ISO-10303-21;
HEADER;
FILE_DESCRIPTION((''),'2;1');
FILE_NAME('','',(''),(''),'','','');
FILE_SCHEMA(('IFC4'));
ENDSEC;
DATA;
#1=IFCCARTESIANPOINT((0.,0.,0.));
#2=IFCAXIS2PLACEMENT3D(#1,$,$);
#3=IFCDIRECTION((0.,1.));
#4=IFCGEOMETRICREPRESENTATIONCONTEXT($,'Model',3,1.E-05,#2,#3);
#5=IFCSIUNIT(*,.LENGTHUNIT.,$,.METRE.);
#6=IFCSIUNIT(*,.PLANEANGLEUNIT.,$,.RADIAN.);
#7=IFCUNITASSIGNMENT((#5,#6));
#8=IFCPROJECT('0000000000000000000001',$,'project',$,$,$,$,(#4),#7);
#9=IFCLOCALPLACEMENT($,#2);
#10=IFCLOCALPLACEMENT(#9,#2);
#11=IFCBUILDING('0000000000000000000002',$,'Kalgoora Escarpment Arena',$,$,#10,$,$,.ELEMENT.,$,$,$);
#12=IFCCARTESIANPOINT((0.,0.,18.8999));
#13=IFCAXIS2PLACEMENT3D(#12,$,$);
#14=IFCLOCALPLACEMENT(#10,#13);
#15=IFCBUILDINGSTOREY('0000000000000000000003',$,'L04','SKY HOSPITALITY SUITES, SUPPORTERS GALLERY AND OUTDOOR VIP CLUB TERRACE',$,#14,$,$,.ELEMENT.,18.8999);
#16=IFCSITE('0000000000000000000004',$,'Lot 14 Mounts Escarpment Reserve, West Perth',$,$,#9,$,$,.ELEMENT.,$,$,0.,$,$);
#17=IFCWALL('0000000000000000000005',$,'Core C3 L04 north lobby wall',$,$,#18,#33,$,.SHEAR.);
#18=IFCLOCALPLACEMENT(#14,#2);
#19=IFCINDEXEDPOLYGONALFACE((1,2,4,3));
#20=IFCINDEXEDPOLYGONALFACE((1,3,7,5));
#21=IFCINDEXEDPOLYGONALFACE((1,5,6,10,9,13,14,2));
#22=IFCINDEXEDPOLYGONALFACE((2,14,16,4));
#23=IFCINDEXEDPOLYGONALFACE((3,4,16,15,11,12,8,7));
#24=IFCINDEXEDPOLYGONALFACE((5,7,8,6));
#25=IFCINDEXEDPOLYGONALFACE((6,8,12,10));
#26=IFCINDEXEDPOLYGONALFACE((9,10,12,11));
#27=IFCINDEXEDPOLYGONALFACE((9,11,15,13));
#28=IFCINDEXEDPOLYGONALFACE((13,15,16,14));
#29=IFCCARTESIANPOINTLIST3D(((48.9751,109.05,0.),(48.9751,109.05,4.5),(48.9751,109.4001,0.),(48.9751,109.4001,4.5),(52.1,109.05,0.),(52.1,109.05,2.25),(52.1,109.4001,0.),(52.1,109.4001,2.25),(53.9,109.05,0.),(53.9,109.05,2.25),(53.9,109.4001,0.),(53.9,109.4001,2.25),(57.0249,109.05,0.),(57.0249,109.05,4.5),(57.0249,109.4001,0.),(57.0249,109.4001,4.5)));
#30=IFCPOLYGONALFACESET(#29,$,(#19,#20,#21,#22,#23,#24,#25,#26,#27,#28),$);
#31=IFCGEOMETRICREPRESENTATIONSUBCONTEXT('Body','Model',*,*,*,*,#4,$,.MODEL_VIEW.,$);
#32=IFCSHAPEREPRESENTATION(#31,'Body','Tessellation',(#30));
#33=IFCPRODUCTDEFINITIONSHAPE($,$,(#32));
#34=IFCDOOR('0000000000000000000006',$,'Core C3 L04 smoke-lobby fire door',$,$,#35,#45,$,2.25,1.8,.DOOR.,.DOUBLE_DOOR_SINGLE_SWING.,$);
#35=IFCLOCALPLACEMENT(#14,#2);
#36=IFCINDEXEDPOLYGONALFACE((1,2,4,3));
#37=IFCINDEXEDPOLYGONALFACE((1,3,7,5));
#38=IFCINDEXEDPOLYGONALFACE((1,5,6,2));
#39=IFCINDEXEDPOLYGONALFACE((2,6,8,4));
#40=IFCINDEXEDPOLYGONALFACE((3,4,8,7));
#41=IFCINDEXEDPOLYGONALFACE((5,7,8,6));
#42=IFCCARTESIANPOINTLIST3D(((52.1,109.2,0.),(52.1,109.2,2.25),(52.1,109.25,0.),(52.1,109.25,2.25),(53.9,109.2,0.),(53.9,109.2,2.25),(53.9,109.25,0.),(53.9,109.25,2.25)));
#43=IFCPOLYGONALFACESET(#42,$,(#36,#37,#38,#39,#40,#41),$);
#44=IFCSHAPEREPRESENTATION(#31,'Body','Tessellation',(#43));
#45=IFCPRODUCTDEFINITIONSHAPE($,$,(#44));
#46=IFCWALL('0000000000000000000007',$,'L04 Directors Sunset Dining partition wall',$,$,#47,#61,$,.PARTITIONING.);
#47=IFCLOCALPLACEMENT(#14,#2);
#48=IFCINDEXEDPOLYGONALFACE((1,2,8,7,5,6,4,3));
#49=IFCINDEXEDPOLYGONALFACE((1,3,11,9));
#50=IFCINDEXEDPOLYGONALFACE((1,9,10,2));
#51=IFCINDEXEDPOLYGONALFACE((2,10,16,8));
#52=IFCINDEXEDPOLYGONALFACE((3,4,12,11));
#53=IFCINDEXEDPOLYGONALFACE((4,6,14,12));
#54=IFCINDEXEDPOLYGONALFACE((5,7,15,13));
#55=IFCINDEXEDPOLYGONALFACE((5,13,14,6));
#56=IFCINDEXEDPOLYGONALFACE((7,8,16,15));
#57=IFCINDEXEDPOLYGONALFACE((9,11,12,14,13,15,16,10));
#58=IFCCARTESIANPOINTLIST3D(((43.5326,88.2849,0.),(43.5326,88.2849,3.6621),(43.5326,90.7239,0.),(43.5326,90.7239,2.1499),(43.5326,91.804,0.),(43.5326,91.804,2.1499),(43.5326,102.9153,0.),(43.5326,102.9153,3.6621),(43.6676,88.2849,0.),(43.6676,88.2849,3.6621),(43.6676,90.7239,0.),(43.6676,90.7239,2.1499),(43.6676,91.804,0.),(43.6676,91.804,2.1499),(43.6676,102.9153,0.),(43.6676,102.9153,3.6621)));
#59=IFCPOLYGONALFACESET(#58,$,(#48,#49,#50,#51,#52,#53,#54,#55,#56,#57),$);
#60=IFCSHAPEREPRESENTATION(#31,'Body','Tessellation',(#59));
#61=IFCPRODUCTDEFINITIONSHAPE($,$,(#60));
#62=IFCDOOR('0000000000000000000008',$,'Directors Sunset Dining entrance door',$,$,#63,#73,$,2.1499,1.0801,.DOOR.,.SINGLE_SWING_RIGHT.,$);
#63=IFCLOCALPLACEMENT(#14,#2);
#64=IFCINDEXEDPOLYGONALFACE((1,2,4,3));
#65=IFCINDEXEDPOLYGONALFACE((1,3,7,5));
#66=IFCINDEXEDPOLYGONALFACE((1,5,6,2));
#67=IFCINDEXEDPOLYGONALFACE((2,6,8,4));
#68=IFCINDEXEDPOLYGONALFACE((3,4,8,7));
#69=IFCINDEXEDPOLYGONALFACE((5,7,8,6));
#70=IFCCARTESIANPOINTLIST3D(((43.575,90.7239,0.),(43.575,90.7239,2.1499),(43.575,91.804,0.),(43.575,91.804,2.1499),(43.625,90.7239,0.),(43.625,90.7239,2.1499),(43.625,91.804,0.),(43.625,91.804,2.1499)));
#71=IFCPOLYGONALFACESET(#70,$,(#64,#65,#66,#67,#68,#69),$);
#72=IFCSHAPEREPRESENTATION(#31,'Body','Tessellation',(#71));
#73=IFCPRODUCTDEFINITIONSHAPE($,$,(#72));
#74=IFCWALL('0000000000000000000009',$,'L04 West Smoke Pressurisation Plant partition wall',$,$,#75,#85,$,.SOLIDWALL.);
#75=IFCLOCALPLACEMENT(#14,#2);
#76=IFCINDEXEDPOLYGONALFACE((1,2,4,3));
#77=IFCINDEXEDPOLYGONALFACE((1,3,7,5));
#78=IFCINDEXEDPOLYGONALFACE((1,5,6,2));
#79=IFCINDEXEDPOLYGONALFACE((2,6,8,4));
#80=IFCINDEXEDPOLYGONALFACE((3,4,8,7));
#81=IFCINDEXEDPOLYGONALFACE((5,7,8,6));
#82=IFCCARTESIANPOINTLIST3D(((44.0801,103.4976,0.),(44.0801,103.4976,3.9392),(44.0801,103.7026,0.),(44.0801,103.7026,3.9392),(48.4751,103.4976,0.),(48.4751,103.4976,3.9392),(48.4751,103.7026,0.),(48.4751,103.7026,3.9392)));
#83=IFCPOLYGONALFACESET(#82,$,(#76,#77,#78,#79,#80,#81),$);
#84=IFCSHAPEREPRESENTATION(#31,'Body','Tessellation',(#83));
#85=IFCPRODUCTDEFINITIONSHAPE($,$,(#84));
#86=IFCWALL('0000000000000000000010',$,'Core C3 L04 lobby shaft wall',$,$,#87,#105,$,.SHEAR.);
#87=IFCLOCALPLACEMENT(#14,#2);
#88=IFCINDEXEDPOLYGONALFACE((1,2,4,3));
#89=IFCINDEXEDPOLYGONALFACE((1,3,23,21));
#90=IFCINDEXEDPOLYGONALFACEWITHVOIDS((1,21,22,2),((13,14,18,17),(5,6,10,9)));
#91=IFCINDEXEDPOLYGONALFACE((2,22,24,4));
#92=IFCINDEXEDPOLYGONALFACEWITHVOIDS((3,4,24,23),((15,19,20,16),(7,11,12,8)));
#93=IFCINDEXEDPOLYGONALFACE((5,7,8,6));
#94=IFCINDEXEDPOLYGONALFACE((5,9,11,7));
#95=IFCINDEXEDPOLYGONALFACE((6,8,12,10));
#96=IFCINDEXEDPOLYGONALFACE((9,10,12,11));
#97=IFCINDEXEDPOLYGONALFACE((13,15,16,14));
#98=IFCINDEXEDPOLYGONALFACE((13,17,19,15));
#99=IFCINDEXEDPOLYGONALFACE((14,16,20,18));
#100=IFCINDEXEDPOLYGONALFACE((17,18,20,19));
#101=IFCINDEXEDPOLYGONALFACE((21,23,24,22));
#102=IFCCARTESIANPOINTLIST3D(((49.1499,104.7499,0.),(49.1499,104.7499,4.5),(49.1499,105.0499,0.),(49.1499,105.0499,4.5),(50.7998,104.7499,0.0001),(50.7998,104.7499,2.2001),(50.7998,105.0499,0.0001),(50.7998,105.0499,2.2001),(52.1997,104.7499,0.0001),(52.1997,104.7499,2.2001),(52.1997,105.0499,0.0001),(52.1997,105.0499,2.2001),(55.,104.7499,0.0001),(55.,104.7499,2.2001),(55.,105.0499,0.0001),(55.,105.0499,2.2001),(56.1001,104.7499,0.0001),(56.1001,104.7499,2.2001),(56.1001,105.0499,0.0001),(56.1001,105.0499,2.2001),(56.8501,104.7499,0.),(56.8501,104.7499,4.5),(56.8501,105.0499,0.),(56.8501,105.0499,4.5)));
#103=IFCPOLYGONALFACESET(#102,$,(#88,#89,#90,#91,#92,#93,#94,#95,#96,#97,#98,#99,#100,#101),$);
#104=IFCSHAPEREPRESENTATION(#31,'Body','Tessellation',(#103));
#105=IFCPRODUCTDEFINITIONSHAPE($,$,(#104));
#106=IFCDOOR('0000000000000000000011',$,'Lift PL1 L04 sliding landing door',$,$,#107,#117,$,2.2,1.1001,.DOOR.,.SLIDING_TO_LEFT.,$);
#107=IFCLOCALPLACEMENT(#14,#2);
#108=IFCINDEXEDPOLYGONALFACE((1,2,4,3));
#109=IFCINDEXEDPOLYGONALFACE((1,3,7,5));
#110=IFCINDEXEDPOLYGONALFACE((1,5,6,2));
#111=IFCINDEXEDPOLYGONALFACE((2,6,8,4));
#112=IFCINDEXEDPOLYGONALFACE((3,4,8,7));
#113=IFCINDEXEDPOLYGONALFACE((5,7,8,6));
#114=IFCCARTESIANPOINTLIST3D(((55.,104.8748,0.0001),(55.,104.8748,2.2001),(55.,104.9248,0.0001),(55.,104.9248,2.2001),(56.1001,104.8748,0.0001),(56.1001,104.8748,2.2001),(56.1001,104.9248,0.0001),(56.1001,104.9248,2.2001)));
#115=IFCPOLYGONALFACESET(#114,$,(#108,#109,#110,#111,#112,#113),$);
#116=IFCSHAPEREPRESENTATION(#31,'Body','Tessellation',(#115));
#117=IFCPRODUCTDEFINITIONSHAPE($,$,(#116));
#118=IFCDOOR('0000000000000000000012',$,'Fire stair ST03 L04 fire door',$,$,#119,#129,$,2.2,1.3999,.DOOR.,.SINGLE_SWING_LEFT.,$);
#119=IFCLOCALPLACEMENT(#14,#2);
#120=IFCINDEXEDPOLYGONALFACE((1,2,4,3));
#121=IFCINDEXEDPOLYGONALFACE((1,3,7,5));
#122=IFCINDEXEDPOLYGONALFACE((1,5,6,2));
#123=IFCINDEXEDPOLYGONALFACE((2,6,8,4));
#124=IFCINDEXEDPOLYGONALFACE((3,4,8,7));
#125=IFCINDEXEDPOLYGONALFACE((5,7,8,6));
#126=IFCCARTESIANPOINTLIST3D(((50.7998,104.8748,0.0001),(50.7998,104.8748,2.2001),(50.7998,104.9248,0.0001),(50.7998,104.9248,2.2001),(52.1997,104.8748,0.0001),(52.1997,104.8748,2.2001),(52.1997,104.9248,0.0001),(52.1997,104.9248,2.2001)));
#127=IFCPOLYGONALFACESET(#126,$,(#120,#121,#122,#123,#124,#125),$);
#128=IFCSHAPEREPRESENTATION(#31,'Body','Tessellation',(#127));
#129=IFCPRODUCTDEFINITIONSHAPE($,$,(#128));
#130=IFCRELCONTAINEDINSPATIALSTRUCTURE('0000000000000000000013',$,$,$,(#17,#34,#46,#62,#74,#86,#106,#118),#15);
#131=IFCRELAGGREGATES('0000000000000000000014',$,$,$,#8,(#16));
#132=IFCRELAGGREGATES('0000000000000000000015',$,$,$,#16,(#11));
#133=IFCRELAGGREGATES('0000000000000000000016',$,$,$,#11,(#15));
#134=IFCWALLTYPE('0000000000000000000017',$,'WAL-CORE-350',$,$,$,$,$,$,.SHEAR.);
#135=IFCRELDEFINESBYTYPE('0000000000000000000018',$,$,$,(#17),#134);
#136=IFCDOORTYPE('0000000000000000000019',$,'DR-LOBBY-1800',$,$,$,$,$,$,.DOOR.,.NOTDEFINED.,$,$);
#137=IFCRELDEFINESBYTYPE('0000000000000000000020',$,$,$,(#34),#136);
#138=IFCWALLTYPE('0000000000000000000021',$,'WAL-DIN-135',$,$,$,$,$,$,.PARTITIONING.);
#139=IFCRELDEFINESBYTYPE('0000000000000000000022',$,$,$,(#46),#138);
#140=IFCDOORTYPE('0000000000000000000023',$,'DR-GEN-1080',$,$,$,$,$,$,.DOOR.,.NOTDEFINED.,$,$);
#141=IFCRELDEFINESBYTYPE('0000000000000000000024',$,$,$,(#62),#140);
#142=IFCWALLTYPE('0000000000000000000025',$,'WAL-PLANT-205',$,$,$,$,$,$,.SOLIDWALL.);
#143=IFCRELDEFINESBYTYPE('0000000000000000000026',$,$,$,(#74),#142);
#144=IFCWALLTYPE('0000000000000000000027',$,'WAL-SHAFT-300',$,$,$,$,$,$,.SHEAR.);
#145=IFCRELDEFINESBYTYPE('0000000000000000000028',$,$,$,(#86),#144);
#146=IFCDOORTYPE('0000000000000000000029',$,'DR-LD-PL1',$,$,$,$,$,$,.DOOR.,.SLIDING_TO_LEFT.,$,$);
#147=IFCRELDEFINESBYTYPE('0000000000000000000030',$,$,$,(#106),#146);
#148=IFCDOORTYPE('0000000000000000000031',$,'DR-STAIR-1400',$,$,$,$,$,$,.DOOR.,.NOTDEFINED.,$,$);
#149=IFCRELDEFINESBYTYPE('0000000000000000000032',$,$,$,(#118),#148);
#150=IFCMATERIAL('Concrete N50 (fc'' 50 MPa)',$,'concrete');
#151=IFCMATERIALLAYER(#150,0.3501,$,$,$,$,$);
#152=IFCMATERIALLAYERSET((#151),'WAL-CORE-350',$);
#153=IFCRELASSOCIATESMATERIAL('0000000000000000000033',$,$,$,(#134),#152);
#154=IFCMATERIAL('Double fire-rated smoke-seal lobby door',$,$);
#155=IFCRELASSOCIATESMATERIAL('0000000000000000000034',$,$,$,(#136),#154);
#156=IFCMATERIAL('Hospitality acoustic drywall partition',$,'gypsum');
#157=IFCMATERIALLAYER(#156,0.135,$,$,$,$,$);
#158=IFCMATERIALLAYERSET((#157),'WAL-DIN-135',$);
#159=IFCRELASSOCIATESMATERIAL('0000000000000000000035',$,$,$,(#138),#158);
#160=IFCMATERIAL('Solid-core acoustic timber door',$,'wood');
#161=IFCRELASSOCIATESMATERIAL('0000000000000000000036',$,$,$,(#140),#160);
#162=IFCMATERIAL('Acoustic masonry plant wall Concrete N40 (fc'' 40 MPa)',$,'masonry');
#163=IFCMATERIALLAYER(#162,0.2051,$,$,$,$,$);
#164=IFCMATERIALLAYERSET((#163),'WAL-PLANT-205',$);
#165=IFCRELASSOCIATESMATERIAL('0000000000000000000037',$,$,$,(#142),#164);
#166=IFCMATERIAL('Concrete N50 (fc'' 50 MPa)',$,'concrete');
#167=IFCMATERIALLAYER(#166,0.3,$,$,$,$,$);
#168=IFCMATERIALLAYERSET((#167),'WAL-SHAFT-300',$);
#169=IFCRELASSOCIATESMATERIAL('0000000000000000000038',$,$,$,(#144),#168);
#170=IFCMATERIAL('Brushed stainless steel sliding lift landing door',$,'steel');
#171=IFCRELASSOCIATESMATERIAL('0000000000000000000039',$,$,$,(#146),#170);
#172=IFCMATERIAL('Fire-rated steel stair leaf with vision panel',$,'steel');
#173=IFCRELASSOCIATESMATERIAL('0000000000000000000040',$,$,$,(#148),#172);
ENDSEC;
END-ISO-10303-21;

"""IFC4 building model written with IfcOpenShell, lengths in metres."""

from ifc_helpers import new_model, si_unit, direction, frame, frame_2d, origin, place, context, subcontext, project, spatial, rectangle, extrude, material, layer, layer_set, type_object, element, fill, save


model = new_model("IFC4")

# Units and contexts
model_context = context("Model", 3, precision=1e-05, world=origin(), true_north=direction((0.0, 1.0)))
body_context = subcontext(model_context, "Body", "Model", "MODEL_VIEW")
ifc_project = project(units=[si_unit("LENGTHUNIT", "METRE"), si_unit("PLANEANGLEUNIT", "RADIAN")], contexts=[model_context])

# Site, building, storey
site_placement = place(None, origin())
site = spatial("IfcSite", under=ifc_project, at=site_placement, Name="Lot 14 Mounts Escarpment Reserve, West Perth", CompositionType="ELEMENT", RefElevation=0.0)
building_placement = place(site_placement, origin())
building = spatial("IfcBuilding", under=site, at=building_placement, Name="Kalgoora Escarpment Arena", CompositionType="ELEMENT")
storey_placement = place(building_placement, frame((0.0, 0.0, 18.8999)))
storey = spatial("IfcBuildingStorey", under=building, at=storey_placement, Name="L04", Description="SKY HOSPITALITY SUITES, SUPPORTERS GALLERY AND OUTDOOR VIP CLUB TERRACE", CompositionType="ELEMENT", Elevation=18.8999)

# Walls, openings, doors
ifc_material_1 = material(Name="Concrete N50 (fc' 50 MPa)", Category="concrete")
ifc_layer_1 = layer(ifc_material_1, 0.3501)
ifc_layer_set_1 = layer_set([ifc_layer_1], Name="WAL-CORE-350")
wall_type_1 = type_object("IfcWallType", Name="WAL-CORE-350", PredefinedType="SHEAR", material=ifc_layer_set_1)
wall_1_placement = place(storey_placement, frame((48.9751, 109.2251, 0.0), z_axis=(0.0, 0.0, 1.0), x_axis=(1.0, 0.0, 0.0)))
wall_1 = element("IfcWall", 1, at=wall_1_placement, inside=storey, type_object=wall_type_1, Name="Core C3 L04 north lobby wall", PredefinedType="SHEAR", context=body_context, shape_type="SweptSolid", body=[
    extrude(rectangle(XDim=8.0498, YDim=0.3501, at=frame_2d((4.0249, 0.0))), origin(), (0.0, 0.0, 1.0), 4.5),
])
opening_1_placement = place(wall_1_placement, frame((3.125, 0.0, 0.0)))
opening_1 = element("IfcOpeningElement", 2, at=opening_1_placement, cuts=wall_1, PredefinedType="OPENING", context=body_context, shape_type="SweptSolid", body=[
    extrude(rectangle(XDim=1.8, YDim=2.25, at=frame_2d((0.8999, 1.125))), frame((0.0, 0.1851, 0.0), z_axis=(0.0, -1.0, 0.0), x_axis=(1.0, 0.0, 0.0)), (0.0, 0.0, 1.0), 0.3701),
])
ifc_material_2 = material(Name="Double fire-rated smoke-seal lobby door")
door_type_1 = type_object("IfcDoorType", Name="DR-LOBBY-1800", OperationType="NOTDEFINED", PredefinedType="DOOR", material=ifc_material_2)
door_1_placement = place(opening_1_placement, origin())
door_1 = element("IfcDoor", 3, at=door_1_placement, inside=storey, type_object=door_type_1, Name="Core C3 L04 smoke-lobby fire door", OperationType="DOUBLE_DOOR_SINGLE_SWING", OverallHeight=2.25, OverallWidth=1.8, PredefinedType="DOOR", context=body_context, shape_type="SweptSolid", body=[
    extrude(rectangle(XDim=1.8, YDim=2.25, at=frame_2d((0.8999, 1.125))), frame((0.0, 0.0249, 0.0), z_axis=(0.0, -1.0, 0.0), x_axis=(1.0, 0.0, 0.0)), (0.0, 0.0, 1.0), 0.05),
])
fill(opening_1, door_1)
ifc_material_3 = material(Name="Hospitality acoustic drywall partition", Category="gypsum")
ifc_layer_2 = layer(ifc_material_3, 0.135)
ifc_layer_set_2 = layer_set([ifc_layer_2], Name="WAL-DIN-135")
wall_type_2 = type_object("IfcWallType", Name="WAL-DIN-135", PredefinedType="PARTITIONING", material=ifc_layer_set_2)
wall_2_placement = place(storey_placement, frame((43.6001, 102.9153, 0.0), z_axis=(0.0, 0.0, 1.0), x_axis=(0.0, -1.0, 0.0)))
wall_2 = element("IfcWall", 4, at=wall_2_placement, inside=storey, type_object=wall_type_2, Name="L04 Directors Sunset Dining partition wall", PredefinedType="PARTITIONING", context=body_context, shape_type="SweptSolid", body=[
    extrude(rectangle(XDim=14.6304, YDim=0.135, at=frame_2d((7.3152, 0.0))), origin(), (0.0, 0.0, 1.0), 3.6621),
])
opening_2_placement = place(wall_2_placement, frame((11.1113, 0.0, 0.0)))
opening_2 = element("IfcOpeningElement", 5, at=opening_2_placement, cuts=wall_2, PredefinedType="OPENING", context=body_context, shape_type="SweptSolid", body=[
    extrude(rectangle(XDim=1.0801, YDim=2.1499, at=frame_2d((0.54, 1.075))), frame((0.0, 0.0774, 0.0), z_axis=(0.0, -1.0, 0.0), x_axis=(1.0, 0.0, 0.0)), (0.0, 0.0, 1.0), 0.155),
])
ifc_material_4 = material(Name="Solid-core acoustic timber door", Category="wood")
door_type_2 = type_object("IfcDoorType", Name="DR-GEN-1080", OperationType="NOTDEFINED", PredefinedType="DOOR", material=ifc_material_4)
door_2_placement = place(opening_2_placement, origin())
door_2 = element("IfcDoor", 6, at=door_2_placement, inside=storey, type_object=door_type_2, Name="Directors Sunset Dining entrance door", OperationType="SINGLE_SWING_RIGHT", OverallHeight=2.1499, OverallWidth=1.0801, PredefinedType="DOOR", context=body_context, shape_type="SweptSolid", body=[
    extrude(rectangle(XDim=1.0801, YDim=2.1499, at=frame_2d((0.54, 1.075))), frame((0.0, 0.0249, 0.0), z_axis=(0.0, -1.0, 0.0), x_axis=(1.0, 0.0, 0.0)), (0.0, 0.0, 1.0), 0.05),
])
fill(opening_2, door_2)

# Wall
ifc_material_5 = material(Name="Acoustic masonry plant wall Concrete N40 (fc' 40 MPa)", Category="masonry")
ifc_layer_3 = layer(ifc_material_5, 0.2051)
ifc_layer_set_3 = layer_set([ifc_layer_3], Name="WAL-PLANT-205")
wall_type_3 = type_object("IfcWallType", Name="WAL-PLANT-205", PredefinedType="SOLIDWALL", material=ifc_layer_set_3)
wall_3_placement = place(storey_placement, frame((44.0801, 103.6001, 0.0), z_axis=(0.0, 0.0, 1.0), x_axis=(1.0, 0.0, 0.0)))
element("IfcWall", 7, at=wall_3_placement, inside=storey, type_object=wall_type_3, Name="L04 West Smoke Pressurisation Plant partition wall", PredefinedType="SOLIDWALL", context=body_context, shape_type="SweptSolid", body=[
    extrude(rectangle(XDim=4.395, YDim=0.2051, at=frame_2d((2.1975, 0.0))), origin(), (0.0, 0.0, 1.0), 3.9392),
])

# Wall, openings, doors
ifc_material_6 = material(Name="Concrete N50 (fc' 50 MPa)", Category="concrete")
ifc_layer_4 = layer(ifc_material_6, 0.3)
ifc_layer_set_4 = layer_set([ifc_layer_4], Name="WAL-SHAFT-300")
wall_type_4 = type_object("IfcWallType", Name="WAL-SHAFT-300", PredefinedType="SHEAR", material=ifc_layer_set_4)
wall_4_placement = place(storey_placement, frame((49.1499, 104.8999, 0.0), z_axis=(0.0, 0.0, 1.0), x_axis=(1.0, 0.0, 0.0)))
wall_4 = element("IfcWall", 8, at=wall_4_placement, inside=storey, type_object=wall_type_4, Name="Core C3 L04 lobby shaft wall", PredefinedType="SHEAR", context=body_context, shape_type="SweptSolid", body=[
    extrude(rectangle(XDim=7.7002, YDim=0.3, at=frame_2d((3.8501, 0.0))), origin(), (0.0, 0.0, 1.0), 4.5),
])
opening_3_placement = place(wall_4_placement, frame((1.6499, 0.0, 0.0)))
opening_3 = element("IfcOpeningElement", 9, at=opening_3_placement, cuts=wall_4, PredefinedType="OPENING", context=body_context, shape_type="SweptSolid", body=[
    extrude(rectangle(XDim=1.3999, YDim=2.2, at=frame_2d((0.7, 1.1001))), frame((0.0, 0.1599, 0.0), z_axis=(0.0, -1.0, 0.0), x_axis=(1.0, 0.0, 0.0)), (0.0, 0.0, 1.0), 0.3201),
])
opening_4_placement = place(wall_4_placement, frame((5.8501, 0.0, 0.0)))
opening_4 = element("IfcOpeningElement", 10, at=opening_4_placement, cuts=wall_4, PredefinedType="OPENING", context=body_context, shape_type="SweptSolid", body=[
    extrude(rectangle(XDim=1.1001, YDim=2.2, at=frame_2d((0.55, 1.1001))), frame((0.0, 0.1599, 0.0), z_axis=(0.0, -1.0, 0.0), x_axis=(1.0, 0.0, 0.0)), (0.0, 0.0, 1.0), 0.3201),
])
ifc_material_7 = material(Name="Brushed stainless steel sliding lift landing door", Category="steel")
door_type_3 = type_object("IfcDoorType", Name="DR-LD-PL1", OperationType="SLIDING_TO_LEFT", PredefinedType="DOOR", material=ifc_material_7)
door_3_placement = place(opening_4_placement, origin())
door_3 = element("IfcDoor", 11, at=door_3_placement, inside=storey, type_object=door_type_3, Name="Lift PL1 L04 sliding landing door", OperationType="SLIDING_TO_LEFT", OverallHeight=2.2, OverallWidth=1.1001, PredefinedType="DOOR", context=body_context, shape_type="SweptSolid", body=[
    extrude(rectangle(XDim=1.1001, YDim=2.2, at=frame_2d((0.55, 1.1001))), frame((0.0, 0.0249, 0.0), z_axis=(0.0, -1.0, 0.0), x_axis=(1.0, 0.0, 0.0)), (0.0, 0.0, 1.0), 0.05),
])
fill(opening_4, door_3)
ifc_material_8 = material(Name="Fire-rated steel stair leaf with vision panel", Category="steel")
door_type_4 = type_object("IfcDoorType", Name="DR-STAIR-1400", OperationType="NOTDEFINED", PredefinedType="DOOR", material=ifc_material_8)
door_4_placement = place(opening_3_placement, origin())
door_4 = element("IfcDoor", 12, at=door_4_placement, inside=storey, type_object=door_type_4, Name="Fire stair ST03 L04 fire door", OperationType="SINGLE_SWING_LEFT", OverallHeight=2.2, OverallWidth=1.3999, PredefinedType="DOOR", context=body_context, shape_type="SweptSolid", body=[
    extrude(rectangle(XDim=1.3999, YDim=2.2, at=frame_2d((0.7, 1.1001))), frame((0.0, 0.0249, 0.0), z_axis=(0.0, -1.0, 0.0), x_axis=(1.0, 0.0, 0.0)), (0.0, 0.0, 1.0), 0.05),
])
fill(opening_3, door_4)

save(model, "model.ifc")
